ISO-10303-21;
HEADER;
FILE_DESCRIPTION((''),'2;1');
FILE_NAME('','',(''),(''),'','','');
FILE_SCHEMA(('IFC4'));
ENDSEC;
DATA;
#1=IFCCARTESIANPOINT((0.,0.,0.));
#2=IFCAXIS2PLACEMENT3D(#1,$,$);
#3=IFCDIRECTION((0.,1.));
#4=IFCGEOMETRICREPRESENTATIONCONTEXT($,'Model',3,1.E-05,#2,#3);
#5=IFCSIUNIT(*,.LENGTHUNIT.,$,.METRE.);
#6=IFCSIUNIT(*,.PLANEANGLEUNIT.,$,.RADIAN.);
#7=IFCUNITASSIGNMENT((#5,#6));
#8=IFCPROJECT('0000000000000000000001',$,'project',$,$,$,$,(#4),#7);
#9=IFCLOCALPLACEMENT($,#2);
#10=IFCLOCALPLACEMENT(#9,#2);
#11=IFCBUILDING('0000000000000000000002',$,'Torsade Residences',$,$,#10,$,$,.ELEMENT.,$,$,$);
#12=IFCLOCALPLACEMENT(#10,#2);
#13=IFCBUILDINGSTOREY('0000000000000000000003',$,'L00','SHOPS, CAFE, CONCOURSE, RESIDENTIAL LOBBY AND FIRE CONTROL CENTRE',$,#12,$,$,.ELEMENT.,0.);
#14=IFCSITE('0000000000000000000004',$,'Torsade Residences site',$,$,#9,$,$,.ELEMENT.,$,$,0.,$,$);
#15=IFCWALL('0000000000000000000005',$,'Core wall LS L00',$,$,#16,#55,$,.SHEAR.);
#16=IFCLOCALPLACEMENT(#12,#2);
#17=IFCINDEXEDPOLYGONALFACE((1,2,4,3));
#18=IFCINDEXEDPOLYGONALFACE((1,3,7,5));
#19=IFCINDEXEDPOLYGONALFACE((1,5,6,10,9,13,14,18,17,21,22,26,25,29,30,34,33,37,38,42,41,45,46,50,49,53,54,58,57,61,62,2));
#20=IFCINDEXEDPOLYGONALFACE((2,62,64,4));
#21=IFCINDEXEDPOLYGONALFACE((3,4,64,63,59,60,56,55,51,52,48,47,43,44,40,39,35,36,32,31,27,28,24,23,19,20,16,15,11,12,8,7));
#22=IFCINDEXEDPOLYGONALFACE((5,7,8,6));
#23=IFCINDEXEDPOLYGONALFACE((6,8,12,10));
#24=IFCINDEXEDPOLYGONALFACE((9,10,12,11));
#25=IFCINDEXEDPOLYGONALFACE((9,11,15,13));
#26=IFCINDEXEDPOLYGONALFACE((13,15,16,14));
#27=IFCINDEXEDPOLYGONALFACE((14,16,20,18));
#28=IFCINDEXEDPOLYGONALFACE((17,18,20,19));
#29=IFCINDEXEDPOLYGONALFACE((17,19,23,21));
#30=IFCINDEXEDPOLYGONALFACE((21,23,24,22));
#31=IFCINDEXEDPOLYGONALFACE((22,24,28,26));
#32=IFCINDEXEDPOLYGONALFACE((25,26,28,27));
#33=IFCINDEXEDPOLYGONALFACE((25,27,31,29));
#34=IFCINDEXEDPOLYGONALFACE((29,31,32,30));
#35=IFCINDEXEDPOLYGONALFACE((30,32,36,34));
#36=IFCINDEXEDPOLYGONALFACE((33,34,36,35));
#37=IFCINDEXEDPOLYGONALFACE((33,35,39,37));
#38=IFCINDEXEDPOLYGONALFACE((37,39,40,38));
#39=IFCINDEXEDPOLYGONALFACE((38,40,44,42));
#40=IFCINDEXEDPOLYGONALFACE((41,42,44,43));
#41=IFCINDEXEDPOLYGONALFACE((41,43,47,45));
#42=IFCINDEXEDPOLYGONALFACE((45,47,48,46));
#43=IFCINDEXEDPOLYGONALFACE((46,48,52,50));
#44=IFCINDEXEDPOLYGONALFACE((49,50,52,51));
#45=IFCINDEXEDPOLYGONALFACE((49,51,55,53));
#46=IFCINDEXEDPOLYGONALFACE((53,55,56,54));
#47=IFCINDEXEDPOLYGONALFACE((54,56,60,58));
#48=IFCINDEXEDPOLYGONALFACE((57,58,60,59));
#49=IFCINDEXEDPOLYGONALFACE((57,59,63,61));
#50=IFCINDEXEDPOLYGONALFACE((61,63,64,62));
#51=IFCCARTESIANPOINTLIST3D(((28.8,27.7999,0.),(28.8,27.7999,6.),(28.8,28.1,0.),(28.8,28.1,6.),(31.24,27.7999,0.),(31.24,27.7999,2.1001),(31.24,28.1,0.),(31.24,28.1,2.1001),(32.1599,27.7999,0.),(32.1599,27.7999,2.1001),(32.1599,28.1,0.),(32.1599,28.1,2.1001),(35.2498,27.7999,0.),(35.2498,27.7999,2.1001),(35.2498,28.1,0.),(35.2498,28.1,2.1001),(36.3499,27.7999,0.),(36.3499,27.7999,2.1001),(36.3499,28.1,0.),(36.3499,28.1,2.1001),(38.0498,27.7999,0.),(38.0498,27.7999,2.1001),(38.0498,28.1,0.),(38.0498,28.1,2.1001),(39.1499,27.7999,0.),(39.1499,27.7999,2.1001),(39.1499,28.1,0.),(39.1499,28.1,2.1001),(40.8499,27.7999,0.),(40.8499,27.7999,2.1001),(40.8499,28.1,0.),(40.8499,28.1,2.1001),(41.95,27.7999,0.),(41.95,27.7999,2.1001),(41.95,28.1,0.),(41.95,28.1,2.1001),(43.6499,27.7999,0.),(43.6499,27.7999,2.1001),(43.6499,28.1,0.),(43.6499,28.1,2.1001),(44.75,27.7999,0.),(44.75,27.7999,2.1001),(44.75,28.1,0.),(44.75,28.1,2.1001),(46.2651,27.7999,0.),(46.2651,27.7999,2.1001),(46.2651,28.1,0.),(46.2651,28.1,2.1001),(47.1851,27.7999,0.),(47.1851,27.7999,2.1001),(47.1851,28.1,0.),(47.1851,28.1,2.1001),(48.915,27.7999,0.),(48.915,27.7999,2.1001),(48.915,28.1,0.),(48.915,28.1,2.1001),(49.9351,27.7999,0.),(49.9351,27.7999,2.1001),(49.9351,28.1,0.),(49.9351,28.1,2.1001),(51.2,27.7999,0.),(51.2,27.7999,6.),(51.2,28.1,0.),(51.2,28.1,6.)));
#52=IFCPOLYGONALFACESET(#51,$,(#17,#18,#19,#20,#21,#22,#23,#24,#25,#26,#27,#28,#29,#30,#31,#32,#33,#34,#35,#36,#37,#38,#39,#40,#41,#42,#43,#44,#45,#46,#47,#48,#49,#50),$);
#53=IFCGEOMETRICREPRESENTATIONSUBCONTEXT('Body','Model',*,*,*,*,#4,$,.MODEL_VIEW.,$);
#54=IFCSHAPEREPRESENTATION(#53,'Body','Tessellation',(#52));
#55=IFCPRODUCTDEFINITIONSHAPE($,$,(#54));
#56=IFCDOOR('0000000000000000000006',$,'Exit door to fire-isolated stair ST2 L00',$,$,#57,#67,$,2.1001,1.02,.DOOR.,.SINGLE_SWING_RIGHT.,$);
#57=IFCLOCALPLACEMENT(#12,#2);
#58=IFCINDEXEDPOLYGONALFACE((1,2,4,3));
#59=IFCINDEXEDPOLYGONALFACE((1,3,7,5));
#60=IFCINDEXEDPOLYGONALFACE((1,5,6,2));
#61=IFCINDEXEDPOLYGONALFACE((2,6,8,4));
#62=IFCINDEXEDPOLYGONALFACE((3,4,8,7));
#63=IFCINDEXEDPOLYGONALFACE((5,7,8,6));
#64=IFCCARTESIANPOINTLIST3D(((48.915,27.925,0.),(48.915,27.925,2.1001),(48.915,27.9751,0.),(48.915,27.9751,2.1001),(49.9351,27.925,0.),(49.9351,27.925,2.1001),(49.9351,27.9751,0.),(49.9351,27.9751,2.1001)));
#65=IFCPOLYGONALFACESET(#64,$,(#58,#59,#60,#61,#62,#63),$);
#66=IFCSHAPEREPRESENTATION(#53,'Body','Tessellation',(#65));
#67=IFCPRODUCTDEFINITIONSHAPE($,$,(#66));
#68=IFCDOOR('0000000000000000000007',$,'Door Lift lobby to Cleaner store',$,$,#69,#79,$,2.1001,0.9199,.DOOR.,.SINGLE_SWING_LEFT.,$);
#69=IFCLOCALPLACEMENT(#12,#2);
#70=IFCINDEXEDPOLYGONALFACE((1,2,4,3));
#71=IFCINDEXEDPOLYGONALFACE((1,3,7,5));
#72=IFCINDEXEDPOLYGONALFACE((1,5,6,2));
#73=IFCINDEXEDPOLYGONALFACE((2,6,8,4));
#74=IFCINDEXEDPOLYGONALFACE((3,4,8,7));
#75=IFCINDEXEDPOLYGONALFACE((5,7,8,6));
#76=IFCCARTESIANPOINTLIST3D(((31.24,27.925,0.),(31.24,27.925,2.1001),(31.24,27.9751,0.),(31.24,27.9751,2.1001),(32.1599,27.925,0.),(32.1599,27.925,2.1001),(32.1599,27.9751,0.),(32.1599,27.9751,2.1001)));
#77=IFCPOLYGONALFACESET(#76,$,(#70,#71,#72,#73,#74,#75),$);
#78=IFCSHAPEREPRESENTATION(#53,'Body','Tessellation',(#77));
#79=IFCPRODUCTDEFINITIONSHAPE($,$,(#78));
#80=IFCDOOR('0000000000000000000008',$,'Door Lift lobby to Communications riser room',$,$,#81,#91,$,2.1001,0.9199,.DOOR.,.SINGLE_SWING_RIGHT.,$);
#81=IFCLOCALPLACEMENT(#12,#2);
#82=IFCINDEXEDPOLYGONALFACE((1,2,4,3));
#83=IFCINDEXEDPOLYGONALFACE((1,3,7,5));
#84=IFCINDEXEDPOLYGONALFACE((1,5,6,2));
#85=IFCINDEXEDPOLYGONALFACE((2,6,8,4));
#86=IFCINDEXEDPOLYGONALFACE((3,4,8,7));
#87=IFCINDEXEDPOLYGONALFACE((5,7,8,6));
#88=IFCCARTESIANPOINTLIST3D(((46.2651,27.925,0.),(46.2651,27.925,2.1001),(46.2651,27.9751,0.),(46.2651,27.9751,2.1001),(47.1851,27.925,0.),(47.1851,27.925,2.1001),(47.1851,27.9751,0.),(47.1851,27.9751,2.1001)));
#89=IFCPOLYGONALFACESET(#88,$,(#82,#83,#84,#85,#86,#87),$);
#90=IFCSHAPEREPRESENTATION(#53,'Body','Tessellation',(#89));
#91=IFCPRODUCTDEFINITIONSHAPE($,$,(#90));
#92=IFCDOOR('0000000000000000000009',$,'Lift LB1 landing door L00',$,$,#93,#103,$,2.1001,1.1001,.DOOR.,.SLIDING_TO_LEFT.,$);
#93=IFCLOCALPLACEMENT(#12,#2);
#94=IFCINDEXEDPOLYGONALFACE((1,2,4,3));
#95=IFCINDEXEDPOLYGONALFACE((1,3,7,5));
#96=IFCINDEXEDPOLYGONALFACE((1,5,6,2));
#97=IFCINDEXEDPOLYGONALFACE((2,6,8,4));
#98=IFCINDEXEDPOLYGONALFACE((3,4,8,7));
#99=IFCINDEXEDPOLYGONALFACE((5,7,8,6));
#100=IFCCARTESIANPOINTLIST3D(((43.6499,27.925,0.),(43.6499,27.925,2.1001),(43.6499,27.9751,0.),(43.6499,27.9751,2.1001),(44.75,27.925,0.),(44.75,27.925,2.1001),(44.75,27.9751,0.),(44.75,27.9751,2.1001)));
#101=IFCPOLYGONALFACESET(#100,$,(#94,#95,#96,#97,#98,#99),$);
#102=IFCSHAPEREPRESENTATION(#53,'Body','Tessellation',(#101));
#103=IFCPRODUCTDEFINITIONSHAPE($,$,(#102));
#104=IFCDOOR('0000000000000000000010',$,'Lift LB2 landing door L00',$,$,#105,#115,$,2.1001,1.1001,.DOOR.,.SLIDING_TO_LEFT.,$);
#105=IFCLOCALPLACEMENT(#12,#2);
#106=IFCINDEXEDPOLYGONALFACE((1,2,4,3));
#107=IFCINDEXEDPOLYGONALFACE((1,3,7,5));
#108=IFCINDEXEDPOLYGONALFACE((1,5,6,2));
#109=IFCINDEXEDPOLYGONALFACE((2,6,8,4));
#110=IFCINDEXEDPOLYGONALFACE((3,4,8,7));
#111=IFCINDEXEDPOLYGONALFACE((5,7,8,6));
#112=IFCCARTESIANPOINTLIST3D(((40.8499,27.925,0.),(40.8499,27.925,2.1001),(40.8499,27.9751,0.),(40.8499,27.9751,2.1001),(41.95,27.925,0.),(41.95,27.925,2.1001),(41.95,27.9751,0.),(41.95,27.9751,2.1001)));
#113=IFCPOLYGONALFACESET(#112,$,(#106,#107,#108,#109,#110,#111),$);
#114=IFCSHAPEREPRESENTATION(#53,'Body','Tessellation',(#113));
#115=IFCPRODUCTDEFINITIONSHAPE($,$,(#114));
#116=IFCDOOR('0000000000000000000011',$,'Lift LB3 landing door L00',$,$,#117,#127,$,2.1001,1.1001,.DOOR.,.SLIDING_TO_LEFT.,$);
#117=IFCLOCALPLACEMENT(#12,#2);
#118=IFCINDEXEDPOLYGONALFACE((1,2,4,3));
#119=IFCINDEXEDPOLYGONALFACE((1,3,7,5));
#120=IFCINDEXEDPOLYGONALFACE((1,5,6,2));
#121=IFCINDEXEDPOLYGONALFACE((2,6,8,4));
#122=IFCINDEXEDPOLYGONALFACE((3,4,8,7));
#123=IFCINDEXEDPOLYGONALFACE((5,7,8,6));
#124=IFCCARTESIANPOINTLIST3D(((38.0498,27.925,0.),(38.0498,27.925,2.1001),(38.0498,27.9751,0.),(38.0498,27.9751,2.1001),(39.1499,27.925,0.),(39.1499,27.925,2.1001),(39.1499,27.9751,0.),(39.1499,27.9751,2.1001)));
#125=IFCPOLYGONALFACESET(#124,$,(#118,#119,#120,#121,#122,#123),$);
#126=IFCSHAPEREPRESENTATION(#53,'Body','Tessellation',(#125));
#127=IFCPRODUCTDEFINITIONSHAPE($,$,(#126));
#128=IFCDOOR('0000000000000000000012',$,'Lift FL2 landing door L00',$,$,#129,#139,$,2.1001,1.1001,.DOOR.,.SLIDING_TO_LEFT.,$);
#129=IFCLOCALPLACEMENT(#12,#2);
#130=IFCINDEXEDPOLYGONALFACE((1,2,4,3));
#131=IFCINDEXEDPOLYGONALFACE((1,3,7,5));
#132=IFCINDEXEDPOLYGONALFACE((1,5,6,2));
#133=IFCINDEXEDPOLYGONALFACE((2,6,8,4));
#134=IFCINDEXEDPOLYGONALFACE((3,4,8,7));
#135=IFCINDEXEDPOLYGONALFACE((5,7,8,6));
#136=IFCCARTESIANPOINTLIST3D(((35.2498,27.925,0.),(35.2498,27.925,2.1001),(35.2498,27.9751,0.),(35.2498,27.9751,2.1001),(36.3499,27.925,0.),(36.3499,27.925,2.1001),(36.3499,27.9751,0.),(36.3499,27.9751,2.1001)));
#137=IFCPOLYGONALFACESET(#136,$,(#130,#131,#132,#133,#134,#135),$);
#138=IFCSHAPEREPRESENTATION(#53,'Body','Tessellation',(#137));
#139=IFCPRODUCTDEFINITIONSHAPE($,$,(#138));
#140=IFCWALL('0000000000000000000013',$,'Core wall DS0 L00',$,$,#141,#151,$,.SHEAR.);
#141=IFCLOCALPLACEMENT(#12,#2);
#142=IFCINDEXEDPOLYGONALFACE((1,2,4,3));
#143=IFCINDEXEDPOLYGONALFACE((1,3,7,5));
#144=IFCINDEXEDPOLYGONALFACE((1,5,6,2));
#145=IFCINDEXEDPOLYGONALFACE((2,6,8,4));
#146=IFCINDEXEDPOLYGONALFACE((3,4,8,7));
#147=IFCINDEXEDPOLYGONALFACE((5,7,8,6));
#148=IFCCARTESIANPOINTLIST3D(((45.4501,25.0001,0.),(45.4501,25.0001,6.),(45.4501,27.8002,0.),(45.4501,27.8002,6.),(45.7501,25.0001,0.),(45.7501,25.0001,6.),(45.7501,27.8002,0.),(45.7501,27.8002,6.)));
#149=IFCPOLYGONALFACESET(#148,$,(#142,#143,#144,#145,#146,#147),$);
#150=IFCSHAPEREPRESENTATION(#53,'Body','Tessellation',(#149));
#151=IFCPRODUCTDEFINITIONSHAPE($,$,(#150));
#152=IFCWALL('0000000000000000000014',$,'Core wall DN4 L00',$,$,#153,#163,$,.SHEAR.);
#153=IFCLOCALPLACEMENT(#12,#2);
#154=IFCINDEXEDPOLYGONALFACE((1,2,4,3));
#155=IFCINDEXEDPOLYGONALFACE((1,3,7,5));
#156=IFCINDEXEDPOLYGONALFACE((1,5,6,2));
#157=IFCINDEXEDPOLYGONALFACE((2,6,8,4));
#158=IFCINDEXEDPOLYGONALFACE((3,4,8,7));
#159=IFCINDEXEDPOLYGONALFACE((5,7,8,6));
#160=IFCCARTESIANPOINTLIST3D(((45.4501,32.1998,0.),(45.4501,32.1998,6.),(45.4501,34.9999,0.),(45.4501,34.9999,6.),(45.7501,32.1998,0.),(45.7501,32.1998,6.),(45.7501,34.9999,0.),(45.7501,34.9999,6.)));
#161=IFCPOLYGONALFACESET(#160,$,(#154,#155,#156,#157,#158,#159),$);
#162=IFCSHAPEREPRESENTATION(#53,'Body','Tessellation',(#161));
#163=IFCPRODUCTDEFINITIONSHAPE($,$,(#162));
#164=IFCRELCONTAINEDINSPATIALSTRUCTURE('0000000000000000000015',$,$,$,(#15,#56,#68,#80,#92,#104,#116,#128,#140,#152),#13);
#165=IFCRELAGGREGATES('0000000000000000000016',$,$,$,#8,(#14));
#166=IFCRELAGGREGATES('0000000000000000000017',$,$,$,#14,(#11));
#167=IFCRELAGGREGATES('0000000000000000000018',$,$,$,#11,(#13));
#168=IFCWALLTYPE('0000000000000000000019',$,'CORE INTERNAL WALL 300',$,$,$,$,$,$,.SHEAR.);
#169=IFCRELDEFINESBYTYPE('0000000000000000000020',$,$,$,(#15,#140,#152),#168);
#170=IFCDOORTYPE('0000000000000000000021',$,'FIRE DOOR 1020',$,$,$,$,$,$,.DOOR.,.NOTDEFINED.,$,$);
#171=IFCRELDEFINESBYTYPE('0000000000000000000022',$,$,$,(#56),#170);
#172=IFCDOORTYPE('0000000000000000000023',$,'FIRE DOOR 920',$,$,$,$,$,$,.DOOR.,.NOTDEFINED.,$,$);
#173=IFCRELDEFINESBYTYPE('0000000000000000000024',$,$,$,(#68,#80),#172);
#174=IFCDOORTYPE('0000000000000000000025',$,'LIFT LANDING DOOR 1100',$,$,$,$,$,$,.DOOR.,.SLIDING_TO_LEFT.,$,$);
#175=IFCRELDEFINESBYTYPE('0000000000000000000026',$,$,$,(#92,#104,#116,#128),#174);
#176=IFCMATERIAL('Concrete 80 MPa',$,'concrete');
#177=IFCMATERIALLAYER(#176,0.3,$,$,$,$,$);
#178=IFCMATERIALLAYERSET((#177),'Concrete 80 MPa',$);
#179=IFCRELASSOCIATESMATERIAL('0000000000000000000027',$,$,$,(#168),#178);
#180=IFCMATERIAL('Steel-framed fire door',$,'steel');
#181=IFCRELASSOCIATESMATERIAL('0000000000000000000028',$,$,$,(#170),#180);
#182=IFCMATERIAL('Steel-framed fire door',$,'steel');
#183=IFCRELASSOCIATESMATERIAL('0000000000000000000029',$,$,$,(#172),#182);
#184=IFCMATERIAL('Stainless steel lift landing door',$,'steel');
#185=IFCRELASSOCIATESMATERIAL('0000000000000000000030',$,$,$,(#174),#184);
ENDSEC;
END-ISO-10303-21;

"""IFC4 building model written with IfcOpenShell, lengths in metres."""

from ifc_helpers import new_model, si_unit, direction, frame, frame_2d, origin, place, context, subcontext, project, spatial, rectangle, extrude, material, layer, layer_set, type_object, element, fill, save


model = new_model("IFC4")

# Units and contexts
model_context = context("Model", 3, precision=1e-05, world=origin(), true_north=direction((0.0, 1.0)))
body_context = subcontext(model_context, "Body", "Model", "MODEL_VIEW")
ifc_project = project(units=[si_unit("LENGTHUNIT", "METRE"), si_unit("PLANEANGLEUNIT", "RADIAN")], contexts=[model_context])

# Site, building, storey
site_placement = place(None, origin())
site = spatial("IfcSite", under=ifc_project, at=site_placement, Name="Torsade Residences site", CompositionType="ELEMENT", RefElevation=0.0)
building_placement = place(site_placement, origin())
building = spatial("IfcBuilding", under=site, at=building_placement, Name="Torsade Residences", CompositionType="ELEMENT")
storey_placement = place(building_placement, origin())
storey = spatial("IfcBuildingStorey", under=building, at=storey_placement, Name="L00", Description="SHOPS, CAFE, CONCOURSE, RESIDENTIAL LOBBY AND FIRE CONTROL CENTRE", CompositionType="ELEMENT", Elevation=0.0)

# Wall, openings, doors
ifc_material_1 = material(Name="Concrete 80 MPa", Category="concrete")
ifc_layer_1 = layer(ifc_material_1, 0.3)
ifc_layer_set_1 = layer_set([ifc_layer_1], Name="Concrete 80 MPa")
wall_type_1 = type_object("IfcWallType", Name="CORE INTERNAL WALL 300", PredefinedType="SHEAR", material=ifc_layer_set_1)
wall_1_placement = place(storey_placement, frame((51.2, 27.95, 0.0), z_axis=(0.0, 0.0, 1.0), x_axis=(-1.0, 0.0, 0.0)))
wall_1 = element("IfcWall", 1, at=wall_1_placement, inside=storey, type_object=wall_type_1, Name="Core wall LS L00", PredefinedType="SHEAR", context=body_context, shape_type="SweptSolid", body=[
    extrude(rectangle(XDim=22.3999, YDim=0.3, at=frame_2d((11.2, 0.0))), origin(), (0.0, 0.0, 1.0), 6.0),
])
opening_1_placement = place(wall_1_placement, frame((19.04, 0.0, 0.0)))
opening_1 = element("IfcOpeningElement", 2, at=opening_1_placement, cuts=wall_1, PredefinedType="OPENING", context=body_context, shape_type="SweptSolid", body=[
    extrude(rectangle(XDim=0.9199, YDim=2.1001, at=frame_2d((0.46, 1.05))), frame((0.0, 0.1599, 0.0), z_axis=(0.0, -1.0, 0.0), x_axis=(1.0, 0.0, 0.0)), (0.0, 0.0, 1.0), 0.3201),
])
opening_2_placement = place(wall_1_placement, frame((1.2649, 0.0, 0.0)))
opening_2 = element("IfcOpeningElement", 3, at=opening_2_placement, cuts=wall_1, PredefinedType="OPENING", context=body_context, shape_type="SweptSolid", body=[
    extrude(rectangle(XDim=1.02, YDim=2.1001, at=frame_2d((0.51, 1.05))), frame((0.0, 0.1599, 0.0), z_axis=(0.0, -1.0, 0.0), x_axis=(1.0, 0.0, 0.0)), (0.0, 0.0, 1.0), 0.3201),
])
opening_3_placement = place(wall_1_placement, frame((4.0149, 0.0, 0.0)))
opening_3 = element("IfcOpeningElement", 4, at=opening_3_placement, cuts=wall_1, PredefinedType="OPENING", context=body_context, shape_type="SweptSolid", body=[
    extrude(rectangle(XDim=0.9199, YDim=2.1001, at=frame_2d((0.46, 1.05))), frame((0.0, 0.1599, 0.0), z_axis=(0.0, -1.0, 0.0), x_axis=(1.0, 0.0, 0.0)), (0.0, 0.0, 1.0), 0.3201),
])
opening_4_placement = place(wall_1_placement, frame((6.45, 0.0, 0.0)))
opening_4 = element("IfcOpeningElement", 5, at=opening_4_placement, cuts=wall_1, PredefinedType="OPENING", context=body_context, shape_type="SweptSolid", body=[
    extrude(rectangle(XDim=1.1001, YDim=2.1001, at=frame_2d((0.55, 1.05))), frame((0.0, 0.1599, 0.0), z_axis=(0.0, -1.0, 0.0), x_axis=(1.0, 0.0, 0.0)), (0.0, 0.0, 1.0), 0.3201),
])
opening_5_placement = place(wall_1_placement, frame((9.25, 0.0, 0.0)))
opening_5 = element("IfcOpeningElement", 6, at=opening_5_placement, cuts=wall_1, PredefinedType="OPENING", context=body_context, shape_type="SweptSolid", body=[
    extrude(rectangle(XDim=1.1001, YDim=2.1001, at=frame_2d((0.55, 1.05))), frame((0.0, 0.1599, 0.0), z_axis=(0.0, -1.0, 0.0), x_axis=(1.0, 0.0, 0.0)), (0.0, 0.0, 1.0), 0.3201),
])
opening_6_placement = place(wall_1_placement, frame((12.05, 0.0, 0.0)))
opening_6 = element("IfcOpeningElement", 7, at=opening_6_placement, cuts=wall_1, PredefinedType="OPENING", context=body_context, shape_type="SweptSolid", body=[
    extrude(rectangle(XDim=1.1001, YDim=2.1001, at=frame_2d((0.55, 1.05))), frame((0.0, 0.1599, 0.0), z_axis=(0.0, -1.0, 0.0), x_axis=(1.0, 0.0, 0.0)), (0.0, 0.0, 1.0), 0.3201),
])
opening_7_placement = place(wall_1_placement, frame((14.8501, 0.0, 0.0)))
opening_7 = element("IfcOpeningElement", 8, at=opening_7_placement, cuts=wall_1, PredefinedType="OPENING", context=body_context, shape_type="SweptSolid", body=[
    extrude(rectangle(XDim=1.1001, YDim=2.1001, at=frame_2d((0.55, 1.05))), frame((0.0, 0.1599, 0.0), z_axis=(0.0, -1.0, 0.0), x_axis=(1.0, 0.0, 0.0)), (0.0, 0.0, 1.0), 0.3201),
])
ifc_material_2 = material(Name="Steel-framed fire door", Category="steel")
door_type_1 = type_object("IfcDoorType", Name="FIRE DOOR 1020", OperationType="NOTDEFINED", PredefinedType="DOOR", material=ifc_material_2)
door_1_placement = place(opening_2_placement, origin())
door_1 = element("IfcDoor", 9, at=door_1_placement, inside=storey, type_object=door_type_1, Name="Exit door to fire-isolated stair ST2 L00", OperationType="SINGLE_SWING_RIGHT", OverallHeight=2.1001, OverallWidth=1.02, PredefinedType="DOOR", context=body_context, shape_type="SweptSolid", body=[
    extrude(rectangle(XDim=1.02, YDim=2.1001, at=frame_2d((0.51, 1.05))), frame((0.0, 0.0249, 0.0), z_axis=(0.0, -1.0, 0.0), x_axis=(1.0, 0.0, 0.0)), (0.0, 0.0, 1.0), 0.05),
])
fill(opening_2, door_1)
ifc_material_3 = material(Name="Steel-framed fire door", Category="steel")
door_type_2 = type_object("IfcDoorType", Name="FIRE DOOR 920", OperationType="NOTDEFINED", PredefinedType="DOOR", material=ifc_material_3)
door_2_placement = place(opening_1_placement, origin())
door_2 = element("IfcDoor", 10, at=door_2_placement, inside=storey, type_object=door_type_2, Name="Door Lift lobby to Cleaner store", OperationType="SINGLE_SWING_LEFT", OverallHeight=2.1001, OverallWidth=0.9199, PredefinedType="DOOR", context=body_context, shape_type="SweptSolid", body=[
    extrude(rectangle(XDim=0.9199, YDim=2.1001, at=frame_2d((0.46, 1.05))), frame((0.0, 0.0249, 0.0), z_axis=(0.0, -1.0, 0.0), x_axis=(1.0, 0.0, 0.0)), (0.0, 0.0, 1.0), 0.05),
])
fill(opening_1, door_2)
door_3_placement = place(opening_3_placement, origin())
door_3 = element("IfcDoor", 11, at=door_3_placement, inside=storey, type_object=door_type_2, Name="Door Lift lobby to Communications riser room", OperationType="SINGLE_SWING_RIGHT", OverallHeight=2.1001, OverallWidth=0.9199, PredefinedType="DOOR", context=body_context, shape_type="SweptSolid", body=[
    extrude(rectangle(XDim=0.9199, YDim=2.1001, at=frame_2d((0.46, 1.05))), frame((0.0, 0.0249, 0.0), z_axis=(0.0, -1.0, 0.0), x_axis=(1.0, 0.0, 0.0)), (0.0, 0.0, 1.0), 0.05),
])
fill(opening_3, door_3)
ifc_material_4 = material(Name="Stainless steel lift landing door", Category="steel")
door_type_3 = type_object("IfcDoorType", Name="LIFT LANDING DOOR 1100", OperationType="SLIDING_TO_LEFT", PredefinedType="DOOR", material=ifc_material_4)
door_4_placement = place(opening_4_placement, origin())
door_4 = element("IfcDoor", 12, at=door_4_placement, inside=storey, type_object=door_type_3, Name="Lift LB1 landing door L00", OperationType="SLIDING_TO_LEFT", OverallHeight=2.1001, OverallWidth=1.1001, PredefinedType="DOOR", context=body_context, shape_type="SweptSolid", body=[
    extrude(rectangle(XDim=1.1001, YDim=2.1001, at=frame_2d((0.55, 1.05))), frame((0.0, 0.0249, 0.0), z_axis=(0.0, -1.0, 0.0), x_axis=(1.0, 0.0, 0.0)), (0.0, 0.0, 1.0), 0.05),
])
fill(opening_4, door_4)
door_5_placement = place(opening_5_placement, origin())
door_5 = element("IfcDoor", 13, at=door_5_placement, inside=storey, type_object=door_type_3, Name="Lift LB2 landing door L00", OperationType="SLIDING_TO_LEFT", OverallHeight=2.1001, OverallWidth=1.1001, PredefinedType="DOOR", context=body_context, shape_type="SweptSolid", body=[
    extrude(rectangle(XDim=1.1001, YDim=2.1001, at=frame_2d((0.55, 1.05))), frame((0.0, 0.0249, 0.0), z_axis=(0.0, -1.0, 0.0), x_axis=(1.0, 0.0, 0.0)), (0.0, 0.0, 1.0), 0.05),
])
fill(opening_5, door_5)
door_6_placement = place(opening_6_placement, origin())
door_6 = element("IfcDoor", 14, at=door_6_placement, inside=storey, type_object=door_type_3, Name="Lift LB3 landing door L00", OperationType="SLIDING_TO_LEFT", OverallHeight=2.1001, OverallWidth=1.1001, PredefinedType="DOOR", context=body_context, shape_type="SweptSolid", body=[
    extrude(rectangle(XDim=1.1001, YDim=2.1001, at=frame_2d((0.55, 1.05))), frame((0.0, 0.0249, 0.0), z_axis=(0.0, -1.0, 0.0), x_axis=(1.0, 0.0, 0.0)), (0.0, 0.0, 1.0), 0.05),
])
fill(opening_6, door_6)
door_7_placement = place(opening_7_placement, origin())
door_7 = element("IfcDoor", 15, at=door_7_placement, inside=storey, type_object=door_type_3, Name="Lift FL2 landing door L00", OperationType="SLIDING_TO_LEFT", OverallHeight=2.1001, OverallWidth=1.1001, PredefinedType="DOOR", context=body_context, shape_type="SweptSolid", body=[
    extrude(rectangle(XDim=1.1001, YDim=2.1001, at=frame_2d((0.55, 1.05))), frame((0.0, 0.0249, 0.0), z_axis=(0.0, -1.0, 0.0), x_axis=(1.0, 0.0, 0.0)), (0.0, 0.0, 1.0), 0.05),
])
fill(opening_7, door_7)

# Walls
for number, where, z_axis, x_axis, name in (
    (16, (45.6001, 27.8, 0.0), (0.0, 0.0, 1.0), (0.0, -1.0, 0.0), "Core wall DS0 L00"),
    (17, (45.6001, 32.2, 0.0), (0.0, 0.0, 1.0), (0.0, 1.0, 0.0), "Core wall DN4 L00"),
):
    element("IfcWall", number, at=place(storey_placement, frame(where, z_axis=z_axis, x_axis=x_axis)), inside=storey, type_object=wall_type_1, Name=name, PredefinedType="SHEAR", context=body_context, shape_type="SweptSolid", body=[
        extrude(rectangle(XDim=2.8, YDim=0.3, at=frame_2d((1.3999, 0.0))), origin(), (0.0, 0.0, 1.0), 6.0),
    ])

save(model, "model.ifc")
